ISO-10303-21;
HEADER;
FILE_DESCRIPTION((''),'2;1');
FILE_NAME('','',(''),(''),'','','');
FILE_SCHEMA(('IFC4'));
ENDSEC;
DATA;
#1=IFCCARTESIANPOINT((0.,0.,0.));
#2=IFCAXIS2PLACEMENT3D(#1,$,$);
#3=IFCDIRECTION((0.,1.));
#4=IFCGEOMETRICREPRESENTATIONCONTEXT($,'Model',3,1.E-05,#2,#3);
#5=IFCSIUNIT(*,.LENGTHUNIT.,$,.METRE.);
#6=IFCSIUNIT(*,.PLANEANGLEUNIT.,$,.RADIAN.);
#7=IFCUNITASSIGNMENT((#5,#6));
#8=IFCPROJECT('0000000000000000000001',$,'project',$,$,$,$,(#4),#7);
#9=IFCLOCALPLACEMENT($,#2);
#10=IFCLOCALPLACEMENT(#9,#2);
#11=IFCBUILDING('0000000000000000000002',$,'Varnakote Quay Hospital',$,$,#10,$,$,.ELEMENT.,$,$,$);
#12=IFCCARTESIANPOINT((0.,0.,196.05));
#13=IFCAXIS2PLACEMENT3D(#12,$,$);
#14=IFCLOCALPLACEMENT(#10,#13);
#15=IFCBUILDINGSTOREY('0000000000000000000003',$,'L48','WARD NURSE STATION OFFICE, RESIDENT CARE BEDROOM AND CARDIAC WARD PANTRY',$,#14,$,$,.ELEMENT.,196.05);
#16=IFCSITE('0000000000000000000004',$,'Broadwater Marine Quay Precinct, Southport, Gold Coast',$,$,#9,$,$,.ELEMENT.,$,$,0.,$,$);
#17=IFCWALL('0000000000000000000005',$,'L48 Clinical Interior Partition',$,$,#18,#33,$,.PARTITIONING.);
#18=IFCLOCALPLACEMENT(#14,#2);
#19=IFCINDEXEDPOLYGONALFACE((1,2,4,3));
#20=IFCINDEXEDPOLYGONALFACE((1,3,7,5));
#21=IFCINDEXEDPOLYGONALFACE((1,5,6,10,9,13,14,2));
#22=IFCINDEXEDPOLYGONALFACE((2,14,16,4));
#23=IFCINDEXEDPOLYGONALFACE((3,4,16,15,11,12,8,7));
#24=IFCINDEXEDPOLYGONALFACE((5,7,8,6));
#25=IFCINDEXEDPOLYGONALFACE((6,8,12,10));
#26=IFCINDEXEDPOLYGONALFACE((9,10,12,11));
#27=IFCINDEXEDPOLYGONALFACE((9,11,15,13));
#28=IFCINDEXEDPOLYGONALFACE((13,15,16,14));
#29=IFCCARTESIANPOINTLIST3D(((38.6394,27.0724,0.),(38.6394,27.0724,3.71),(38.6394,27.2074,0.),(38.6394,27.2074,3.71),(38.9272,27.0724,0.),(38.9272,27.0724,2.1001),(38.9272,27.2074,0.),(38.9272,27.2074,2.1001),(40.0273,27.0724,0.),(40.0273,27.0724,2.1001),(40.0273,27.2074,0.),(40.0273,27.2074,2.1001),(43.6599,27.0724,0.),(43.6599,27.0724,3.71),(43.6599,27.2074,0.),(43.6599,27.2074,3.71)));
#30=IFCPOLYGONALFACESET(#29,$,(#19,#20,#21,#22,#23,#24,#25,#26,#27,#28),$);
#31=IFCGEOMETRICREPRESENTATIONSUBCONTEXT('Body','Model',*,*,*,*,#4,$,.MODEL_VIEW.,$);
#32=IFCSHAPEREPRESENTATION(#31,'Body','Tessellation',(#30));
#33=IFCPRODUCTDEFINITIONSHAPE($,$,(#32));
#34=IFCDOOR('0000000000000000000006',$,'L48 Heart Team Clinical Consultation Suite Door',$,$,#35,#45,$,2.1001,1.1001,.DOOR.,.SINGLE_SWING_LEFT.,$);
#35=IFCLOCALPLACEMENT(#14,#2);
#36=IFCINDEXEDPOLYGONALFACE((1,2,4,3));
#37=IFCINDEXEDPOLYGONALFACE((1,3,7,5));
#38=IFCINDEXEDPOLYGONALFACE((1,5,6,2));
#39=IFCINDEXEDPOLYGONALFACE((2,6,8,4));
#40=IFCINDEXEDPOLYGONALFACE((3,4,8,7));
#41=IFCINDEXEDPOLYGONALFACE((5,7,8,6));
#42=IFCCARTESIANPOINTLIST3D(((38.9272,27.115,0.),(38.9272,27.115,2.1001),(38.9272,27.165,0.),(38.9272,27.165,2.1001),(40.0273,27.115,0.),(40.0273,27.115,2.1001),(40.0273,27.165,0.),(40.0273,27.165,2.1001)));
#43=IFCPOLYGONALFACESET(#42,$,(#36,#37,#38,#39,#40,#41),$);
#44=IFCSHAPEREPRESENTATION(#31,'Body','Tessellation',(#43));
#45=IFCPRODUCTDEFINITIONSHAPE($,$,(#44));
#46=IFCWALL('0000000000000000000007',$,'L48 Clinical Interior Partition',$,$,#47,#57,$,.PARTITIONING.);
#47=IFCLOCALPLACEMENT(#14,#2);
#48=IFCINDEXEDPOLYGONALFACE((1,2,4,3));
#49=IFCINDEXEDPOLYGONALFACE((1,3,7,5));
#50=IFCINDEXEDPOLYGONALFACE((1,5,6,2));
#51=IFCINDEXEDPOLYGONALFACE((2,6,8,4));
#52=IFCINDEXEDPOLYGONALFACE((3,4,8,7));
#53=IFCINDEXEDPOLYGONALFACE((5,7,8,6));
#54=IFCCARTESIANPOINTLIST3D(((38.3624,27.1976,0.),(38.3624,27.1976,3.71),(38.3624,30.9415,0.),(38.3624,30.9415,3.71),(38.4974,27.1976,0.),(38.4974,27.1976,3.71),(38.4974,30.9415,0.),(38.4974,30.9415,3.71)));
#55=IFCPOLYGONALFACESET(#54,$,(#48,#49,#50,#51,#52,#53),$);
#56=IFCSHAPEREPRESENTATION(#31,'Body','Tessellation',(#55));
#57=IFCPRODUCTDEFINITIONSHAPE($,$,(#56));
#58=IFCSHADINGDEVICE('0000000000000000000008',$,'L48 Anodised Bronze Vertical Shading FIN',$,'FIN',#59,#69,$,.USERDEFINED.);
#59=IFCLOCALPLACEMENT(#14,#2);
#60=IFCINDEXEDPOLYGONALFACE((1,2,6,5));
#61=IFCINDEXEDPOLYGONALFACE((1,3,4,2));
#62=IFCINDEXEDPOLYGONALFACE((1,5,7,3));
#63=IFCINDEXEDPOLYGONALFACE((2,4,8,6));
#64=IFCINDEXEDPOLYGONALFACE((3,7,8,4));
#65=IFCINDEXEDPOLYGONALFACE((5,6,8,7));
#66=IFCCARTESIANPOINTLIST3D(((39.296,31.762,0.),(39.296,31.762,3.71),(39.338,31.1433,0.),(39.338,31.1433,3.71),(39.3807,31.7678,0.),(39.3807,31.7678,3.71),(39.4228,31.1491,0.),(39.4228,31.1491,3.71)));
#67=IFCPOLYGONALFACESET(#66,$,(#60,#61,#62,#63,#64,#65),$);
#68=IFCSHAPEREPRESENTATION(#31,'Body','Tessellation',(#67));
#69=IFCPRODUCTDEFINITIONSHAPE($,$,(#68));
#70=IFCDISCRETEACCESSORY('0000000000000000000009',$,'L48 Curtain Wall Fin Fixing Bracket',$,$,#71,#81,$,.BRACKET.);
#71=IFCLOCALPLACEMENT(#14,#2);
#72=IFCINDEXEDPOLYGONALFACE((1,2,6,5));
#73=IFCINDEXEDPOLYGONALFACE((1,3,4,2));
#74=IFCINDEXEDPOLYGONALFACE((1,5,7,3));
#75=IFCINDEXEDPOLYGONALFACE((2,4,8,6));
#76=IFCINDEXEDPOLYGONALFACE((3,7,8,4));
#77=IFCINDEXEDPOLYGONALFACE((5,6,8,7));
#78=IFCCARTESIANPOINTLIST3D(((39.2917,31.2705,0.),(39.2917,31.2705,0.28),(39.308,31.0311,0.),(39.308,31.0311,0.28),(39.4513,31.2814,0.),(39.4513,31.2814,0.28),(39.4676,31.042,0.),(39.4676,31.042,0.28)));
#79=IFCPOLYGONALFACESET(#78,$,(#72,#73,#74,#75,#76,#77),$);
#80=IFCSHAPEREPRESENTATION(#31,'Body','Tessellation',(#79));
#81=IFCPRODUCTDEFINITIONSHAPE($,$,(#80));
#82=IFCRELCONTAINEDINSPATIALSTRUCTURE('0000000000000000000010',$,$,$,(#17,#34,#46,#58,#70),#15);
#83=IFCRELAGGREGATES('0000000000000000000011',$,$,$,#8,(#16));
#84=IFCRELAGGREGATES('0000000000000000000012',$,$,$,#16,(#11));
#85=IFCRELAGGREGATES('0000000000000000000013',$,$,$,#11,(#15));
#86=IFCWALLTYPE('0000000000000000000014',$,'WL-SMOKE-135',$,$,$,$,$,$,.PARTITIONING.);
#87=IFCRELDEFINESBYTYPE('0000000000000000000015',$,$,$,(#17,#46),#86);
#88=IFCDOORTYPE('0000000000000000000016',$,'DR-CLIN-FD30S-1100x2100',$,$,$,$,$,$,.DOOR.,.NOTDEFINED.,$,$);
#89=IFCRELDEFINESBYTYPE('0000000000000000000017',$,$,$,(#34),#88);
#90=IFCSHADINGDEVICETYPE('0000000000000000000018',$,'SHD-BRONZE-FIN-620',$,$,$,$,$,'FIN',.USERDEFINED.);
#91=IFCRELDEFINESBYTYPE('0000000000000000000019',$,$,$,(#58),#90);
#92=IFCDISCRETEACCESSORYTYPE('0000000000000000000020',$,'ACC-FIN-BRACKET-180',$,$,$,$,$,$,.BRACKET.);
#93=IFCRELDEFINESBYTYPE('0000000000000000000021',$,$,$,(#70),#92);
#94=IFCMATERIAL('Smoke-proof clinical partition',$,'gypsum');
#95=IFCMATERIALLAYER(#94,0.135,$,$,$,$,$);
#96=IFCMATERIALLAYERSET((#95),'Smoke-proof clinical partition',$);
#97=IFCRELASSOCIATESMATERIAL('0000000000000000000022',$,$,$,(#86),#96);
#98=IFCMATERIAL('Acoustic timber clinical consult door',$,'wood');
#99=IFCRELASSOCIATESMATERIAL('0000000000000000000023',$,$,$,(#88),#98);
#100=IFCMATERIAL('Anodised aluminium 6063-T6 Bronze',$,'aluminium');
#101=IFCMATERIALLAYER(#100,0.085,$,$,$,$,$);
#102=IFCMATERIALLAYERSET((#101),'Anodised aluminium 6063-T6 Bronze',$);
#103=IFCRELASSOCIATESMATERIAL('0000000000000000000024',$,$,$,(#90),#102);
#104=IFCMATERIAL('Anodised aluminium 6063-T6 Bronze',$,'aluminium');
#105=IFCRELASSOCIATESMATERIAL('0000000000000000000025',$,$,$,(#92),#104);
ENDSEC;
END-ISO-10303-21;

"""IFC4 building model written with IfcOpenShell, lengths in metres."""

from ifc_helpers import new_model, si_unit, direction, frame, frame_2d, origin, origin_2d, place, context, subcontext, project, spatial, rectangle, extrude, material, layer, layer_set, type_object, element, fill, save


model = new_model("IFC4")

# Units and contexts
model_context = context("Model", 3, precision=1e-05, world=origin(), true_north=direction((0.0, 1.0)))
body_context = subcontext(model_context, "Body", "Model", "MODEL_VIEW")
ifc_project = project(units=[si_unit("LENGTHUNIT", "METRE"), si_unit("PLANEANGLEUNIT", "RADIAN")], contexts=[model_context])

# Site, building, storey
site_placement = place(None, origin())
site = spatial("IfcSite", under=ifc_project, at=site_placement, Name="Broadwater Marine Quay Precinct, Southport, Gold Coast", CompositionType="ELEMENT", RefElevation=0.0)
building_placement = place(site_placement, origin())
building = spatial("IfcBuilding", under=site, at=building_placement, Name="Varnakote Quay Hospital", CompositionType="ELEMENT")
storey_placement = place(building_placement, frame((0.0, 0.0, 196.05)))
storey = spatial("IfcBuildingStorey", under=building, at=storey_placement, Name="L48", Description="WARD NURSE STATION OFFICE, RESIDENT CARE BEDROOM AND CARDIAC WARD PANTRY", CompositionType="ELEMENT", Elevation=196.05)

# Shared definitions
ifc_material_1 = material(Name="Smoke-proof clinical partition", Category="gypsum")
ifc_layer_1 = layer(ifc_material_1, 0.135)
ifc_layer_set_1 = layer_set([ifc_layer_1], Name="Smoke-proof clinical partition")
wall_type = type_object("IfcWallType", Name="WL-SMOKE-135", PredefinedType="PARTITIONING", material=ifc_layer_set_1)

# Shared definitions
ifc_material_2 = material(Name="Acoustic timber clinical consult door", Category="wood")
door_type = type_object("IfcDoorType", Name="DR-CLIN-FD30S-1100x2100", OperationType="NOTDEFINED", PredefinedType="DOOR", material=ifc_material_2)

# Wall, opening, door
wall_1_placement = place(storey_placement, frame((43.6599, 27.1399, 0.0), z_axis=(0.0, 0.0, 1.0), x_axis=(-1.0, 0.0, 0.0)))
wall_1 = element("IfcWall", 1, at=wall_1_placement, inside=storey, type_object=wall_type, Name="L48 Clinical Interior Partition", PredefinedType="PARTITIONING", context=body_context, shape_type="SweptSolid", body=[
    extrude(rectangle(XDim=5.0205, YDim=0.135, at=frame_2d((2.5103, 0.0))), origin(), (0.0, 0.0, 1.0), 3.71),
])
opening_1_placement = place(wall_1_placement, frame((3.6326, 0.0, 0.0)))
opening_1 = element("IfcOpeningElement", 2, at=opening_1_placement, cuts=wall_1, PredefinedType="OPENING", context=body_context, shape_type="SweptSolid", body=[
    extrude(rectangle(XDim=1.1001, YDim=2.1001, at=frame_2d((0.55, 1.05))), frame((0.0, 0.0774, 0.0), z_axis=(0.0, -1.0, 0.0), x_axis=(1.0, 0.0, 0.0)), (0.0, 0.0, 1.0), 0.155),
])
door_1_placement = place(opening_1_placement, origin())
door_1 = element("IfcDoor", 3, at=door_1_placement, inside=storey, type_object=door_type, Name="L48 Heart Team Clinical Consultation Suite Door", OperationType="SINGLE_SWING_LEFT", OverallHeight=2.1001, OverallWidth=1.1001, PredefinedType="DOOR", context=body_context, shape_type="SweptSolid", body=[
    extrude(rectangle(XDim=1.1001, YDim=2.1001, at=frame_2d((0.55, 1.05))), frame((0.0, 0.0249, 0.0), z_axis=(0.0, -1.0, 0.0), x_axis=(1.0, 0.0, 0.0)), (0.0, 0.0, 1.0), 0.05),
])
fill(opening_1, door_1)

# Wall
wall_2_placement = place(storey_placement, frame((38.4299, 27.1975, 0.0), z_axis=(0.0, 0.0, 1.0), x_axis=(0.0, 1.0, 0.0)))
element("IfcWall", 4, at=wall_2_placement, inside=storey, type_object=wall_type, Name="L48 Clinical Interior Partition", PredefinedType="PARTITIONING", context=body_context, shape_type="SweptSolid", body=[
    extrude(rectangle(XDim=3.7439, YDim=0.135, at=frame_2d((1.8721, 0.0))), origin(), (0.0, 0.0, 1.0), 3.71),
])

# Shading device
ifc_material_3 = material(Name="Anodised aluminium 6063-T6 Bronze", Category="aluminium")
ifc_layer_2 = layer(ifc_material_3, 0.085)
ifc_layer_set_2 = layer_set([ifc_layer_2], Name="Anodised aluminium 6063-T6 Bronze")
shading_device_type = type_object("IfcShadingDeviceType", Name="SHD-BRONZE-FIN-620", ElementType="FIN", PredefinedType="USERDEFINED", material=ifc_layer_set_2)
shading_device_placement = place(storey_placement, frame((39.3594, 31.4556, 0.0), z_axis=(0.0, 0.0, 1.0), x_axis=(0.067841, -0.997696, 0.0)))
element("IfcShadingDevice", 5, at=shading_device_placement, inside=storey, type_object=shading_device_type, Name="L48 Anodised Bronze Vertical Shading FIN", ObjectType="FIN", PredefinedType="USERDEFINED", context=body_context, shape_type="SweptSolid", body=[
    extrude(rectangle(XDim=0.6201, YDim=0.085, at=origin_2d()), origin(), (0.0, 0.0, 1.0), 3.71),
])

# Discrete accessory
ifc_material_4 = material(Name="Anodised aluminium 6063-T6 Bronze", Category="aluminium")
discrete_accessory_type = type_object("IfcDiscreteAccessoryType", Name="ACC-FIN-BRACKET-180", PredefinedType="BRACKET", material=ifc_material_4)
discrete_accessory_placement = place(storey_placement, frame((39.3796, 31.1562, 0.0), z_axis=(0.0, 0.0, 1.0), x_axis=(-0.997696, -0.067841, 0.0)))
element("IfcDiscreteAccessory", 6, at=discrete_accessory_placement, inside=storey, type_object=discrete_accessory_type, Name="L48 Curtain Wall Fin Fixing Bracket", PredefinedType="BRACKET", context=body_context, shape_type="SweptSolid", body=[
    extrude(rectangle(XDim=0.1599, YDim=0.24, at=origin_2d()), origin(), (0.0, 0.0, 1.0), 0.28),
])

save(model, "model.ifc")
